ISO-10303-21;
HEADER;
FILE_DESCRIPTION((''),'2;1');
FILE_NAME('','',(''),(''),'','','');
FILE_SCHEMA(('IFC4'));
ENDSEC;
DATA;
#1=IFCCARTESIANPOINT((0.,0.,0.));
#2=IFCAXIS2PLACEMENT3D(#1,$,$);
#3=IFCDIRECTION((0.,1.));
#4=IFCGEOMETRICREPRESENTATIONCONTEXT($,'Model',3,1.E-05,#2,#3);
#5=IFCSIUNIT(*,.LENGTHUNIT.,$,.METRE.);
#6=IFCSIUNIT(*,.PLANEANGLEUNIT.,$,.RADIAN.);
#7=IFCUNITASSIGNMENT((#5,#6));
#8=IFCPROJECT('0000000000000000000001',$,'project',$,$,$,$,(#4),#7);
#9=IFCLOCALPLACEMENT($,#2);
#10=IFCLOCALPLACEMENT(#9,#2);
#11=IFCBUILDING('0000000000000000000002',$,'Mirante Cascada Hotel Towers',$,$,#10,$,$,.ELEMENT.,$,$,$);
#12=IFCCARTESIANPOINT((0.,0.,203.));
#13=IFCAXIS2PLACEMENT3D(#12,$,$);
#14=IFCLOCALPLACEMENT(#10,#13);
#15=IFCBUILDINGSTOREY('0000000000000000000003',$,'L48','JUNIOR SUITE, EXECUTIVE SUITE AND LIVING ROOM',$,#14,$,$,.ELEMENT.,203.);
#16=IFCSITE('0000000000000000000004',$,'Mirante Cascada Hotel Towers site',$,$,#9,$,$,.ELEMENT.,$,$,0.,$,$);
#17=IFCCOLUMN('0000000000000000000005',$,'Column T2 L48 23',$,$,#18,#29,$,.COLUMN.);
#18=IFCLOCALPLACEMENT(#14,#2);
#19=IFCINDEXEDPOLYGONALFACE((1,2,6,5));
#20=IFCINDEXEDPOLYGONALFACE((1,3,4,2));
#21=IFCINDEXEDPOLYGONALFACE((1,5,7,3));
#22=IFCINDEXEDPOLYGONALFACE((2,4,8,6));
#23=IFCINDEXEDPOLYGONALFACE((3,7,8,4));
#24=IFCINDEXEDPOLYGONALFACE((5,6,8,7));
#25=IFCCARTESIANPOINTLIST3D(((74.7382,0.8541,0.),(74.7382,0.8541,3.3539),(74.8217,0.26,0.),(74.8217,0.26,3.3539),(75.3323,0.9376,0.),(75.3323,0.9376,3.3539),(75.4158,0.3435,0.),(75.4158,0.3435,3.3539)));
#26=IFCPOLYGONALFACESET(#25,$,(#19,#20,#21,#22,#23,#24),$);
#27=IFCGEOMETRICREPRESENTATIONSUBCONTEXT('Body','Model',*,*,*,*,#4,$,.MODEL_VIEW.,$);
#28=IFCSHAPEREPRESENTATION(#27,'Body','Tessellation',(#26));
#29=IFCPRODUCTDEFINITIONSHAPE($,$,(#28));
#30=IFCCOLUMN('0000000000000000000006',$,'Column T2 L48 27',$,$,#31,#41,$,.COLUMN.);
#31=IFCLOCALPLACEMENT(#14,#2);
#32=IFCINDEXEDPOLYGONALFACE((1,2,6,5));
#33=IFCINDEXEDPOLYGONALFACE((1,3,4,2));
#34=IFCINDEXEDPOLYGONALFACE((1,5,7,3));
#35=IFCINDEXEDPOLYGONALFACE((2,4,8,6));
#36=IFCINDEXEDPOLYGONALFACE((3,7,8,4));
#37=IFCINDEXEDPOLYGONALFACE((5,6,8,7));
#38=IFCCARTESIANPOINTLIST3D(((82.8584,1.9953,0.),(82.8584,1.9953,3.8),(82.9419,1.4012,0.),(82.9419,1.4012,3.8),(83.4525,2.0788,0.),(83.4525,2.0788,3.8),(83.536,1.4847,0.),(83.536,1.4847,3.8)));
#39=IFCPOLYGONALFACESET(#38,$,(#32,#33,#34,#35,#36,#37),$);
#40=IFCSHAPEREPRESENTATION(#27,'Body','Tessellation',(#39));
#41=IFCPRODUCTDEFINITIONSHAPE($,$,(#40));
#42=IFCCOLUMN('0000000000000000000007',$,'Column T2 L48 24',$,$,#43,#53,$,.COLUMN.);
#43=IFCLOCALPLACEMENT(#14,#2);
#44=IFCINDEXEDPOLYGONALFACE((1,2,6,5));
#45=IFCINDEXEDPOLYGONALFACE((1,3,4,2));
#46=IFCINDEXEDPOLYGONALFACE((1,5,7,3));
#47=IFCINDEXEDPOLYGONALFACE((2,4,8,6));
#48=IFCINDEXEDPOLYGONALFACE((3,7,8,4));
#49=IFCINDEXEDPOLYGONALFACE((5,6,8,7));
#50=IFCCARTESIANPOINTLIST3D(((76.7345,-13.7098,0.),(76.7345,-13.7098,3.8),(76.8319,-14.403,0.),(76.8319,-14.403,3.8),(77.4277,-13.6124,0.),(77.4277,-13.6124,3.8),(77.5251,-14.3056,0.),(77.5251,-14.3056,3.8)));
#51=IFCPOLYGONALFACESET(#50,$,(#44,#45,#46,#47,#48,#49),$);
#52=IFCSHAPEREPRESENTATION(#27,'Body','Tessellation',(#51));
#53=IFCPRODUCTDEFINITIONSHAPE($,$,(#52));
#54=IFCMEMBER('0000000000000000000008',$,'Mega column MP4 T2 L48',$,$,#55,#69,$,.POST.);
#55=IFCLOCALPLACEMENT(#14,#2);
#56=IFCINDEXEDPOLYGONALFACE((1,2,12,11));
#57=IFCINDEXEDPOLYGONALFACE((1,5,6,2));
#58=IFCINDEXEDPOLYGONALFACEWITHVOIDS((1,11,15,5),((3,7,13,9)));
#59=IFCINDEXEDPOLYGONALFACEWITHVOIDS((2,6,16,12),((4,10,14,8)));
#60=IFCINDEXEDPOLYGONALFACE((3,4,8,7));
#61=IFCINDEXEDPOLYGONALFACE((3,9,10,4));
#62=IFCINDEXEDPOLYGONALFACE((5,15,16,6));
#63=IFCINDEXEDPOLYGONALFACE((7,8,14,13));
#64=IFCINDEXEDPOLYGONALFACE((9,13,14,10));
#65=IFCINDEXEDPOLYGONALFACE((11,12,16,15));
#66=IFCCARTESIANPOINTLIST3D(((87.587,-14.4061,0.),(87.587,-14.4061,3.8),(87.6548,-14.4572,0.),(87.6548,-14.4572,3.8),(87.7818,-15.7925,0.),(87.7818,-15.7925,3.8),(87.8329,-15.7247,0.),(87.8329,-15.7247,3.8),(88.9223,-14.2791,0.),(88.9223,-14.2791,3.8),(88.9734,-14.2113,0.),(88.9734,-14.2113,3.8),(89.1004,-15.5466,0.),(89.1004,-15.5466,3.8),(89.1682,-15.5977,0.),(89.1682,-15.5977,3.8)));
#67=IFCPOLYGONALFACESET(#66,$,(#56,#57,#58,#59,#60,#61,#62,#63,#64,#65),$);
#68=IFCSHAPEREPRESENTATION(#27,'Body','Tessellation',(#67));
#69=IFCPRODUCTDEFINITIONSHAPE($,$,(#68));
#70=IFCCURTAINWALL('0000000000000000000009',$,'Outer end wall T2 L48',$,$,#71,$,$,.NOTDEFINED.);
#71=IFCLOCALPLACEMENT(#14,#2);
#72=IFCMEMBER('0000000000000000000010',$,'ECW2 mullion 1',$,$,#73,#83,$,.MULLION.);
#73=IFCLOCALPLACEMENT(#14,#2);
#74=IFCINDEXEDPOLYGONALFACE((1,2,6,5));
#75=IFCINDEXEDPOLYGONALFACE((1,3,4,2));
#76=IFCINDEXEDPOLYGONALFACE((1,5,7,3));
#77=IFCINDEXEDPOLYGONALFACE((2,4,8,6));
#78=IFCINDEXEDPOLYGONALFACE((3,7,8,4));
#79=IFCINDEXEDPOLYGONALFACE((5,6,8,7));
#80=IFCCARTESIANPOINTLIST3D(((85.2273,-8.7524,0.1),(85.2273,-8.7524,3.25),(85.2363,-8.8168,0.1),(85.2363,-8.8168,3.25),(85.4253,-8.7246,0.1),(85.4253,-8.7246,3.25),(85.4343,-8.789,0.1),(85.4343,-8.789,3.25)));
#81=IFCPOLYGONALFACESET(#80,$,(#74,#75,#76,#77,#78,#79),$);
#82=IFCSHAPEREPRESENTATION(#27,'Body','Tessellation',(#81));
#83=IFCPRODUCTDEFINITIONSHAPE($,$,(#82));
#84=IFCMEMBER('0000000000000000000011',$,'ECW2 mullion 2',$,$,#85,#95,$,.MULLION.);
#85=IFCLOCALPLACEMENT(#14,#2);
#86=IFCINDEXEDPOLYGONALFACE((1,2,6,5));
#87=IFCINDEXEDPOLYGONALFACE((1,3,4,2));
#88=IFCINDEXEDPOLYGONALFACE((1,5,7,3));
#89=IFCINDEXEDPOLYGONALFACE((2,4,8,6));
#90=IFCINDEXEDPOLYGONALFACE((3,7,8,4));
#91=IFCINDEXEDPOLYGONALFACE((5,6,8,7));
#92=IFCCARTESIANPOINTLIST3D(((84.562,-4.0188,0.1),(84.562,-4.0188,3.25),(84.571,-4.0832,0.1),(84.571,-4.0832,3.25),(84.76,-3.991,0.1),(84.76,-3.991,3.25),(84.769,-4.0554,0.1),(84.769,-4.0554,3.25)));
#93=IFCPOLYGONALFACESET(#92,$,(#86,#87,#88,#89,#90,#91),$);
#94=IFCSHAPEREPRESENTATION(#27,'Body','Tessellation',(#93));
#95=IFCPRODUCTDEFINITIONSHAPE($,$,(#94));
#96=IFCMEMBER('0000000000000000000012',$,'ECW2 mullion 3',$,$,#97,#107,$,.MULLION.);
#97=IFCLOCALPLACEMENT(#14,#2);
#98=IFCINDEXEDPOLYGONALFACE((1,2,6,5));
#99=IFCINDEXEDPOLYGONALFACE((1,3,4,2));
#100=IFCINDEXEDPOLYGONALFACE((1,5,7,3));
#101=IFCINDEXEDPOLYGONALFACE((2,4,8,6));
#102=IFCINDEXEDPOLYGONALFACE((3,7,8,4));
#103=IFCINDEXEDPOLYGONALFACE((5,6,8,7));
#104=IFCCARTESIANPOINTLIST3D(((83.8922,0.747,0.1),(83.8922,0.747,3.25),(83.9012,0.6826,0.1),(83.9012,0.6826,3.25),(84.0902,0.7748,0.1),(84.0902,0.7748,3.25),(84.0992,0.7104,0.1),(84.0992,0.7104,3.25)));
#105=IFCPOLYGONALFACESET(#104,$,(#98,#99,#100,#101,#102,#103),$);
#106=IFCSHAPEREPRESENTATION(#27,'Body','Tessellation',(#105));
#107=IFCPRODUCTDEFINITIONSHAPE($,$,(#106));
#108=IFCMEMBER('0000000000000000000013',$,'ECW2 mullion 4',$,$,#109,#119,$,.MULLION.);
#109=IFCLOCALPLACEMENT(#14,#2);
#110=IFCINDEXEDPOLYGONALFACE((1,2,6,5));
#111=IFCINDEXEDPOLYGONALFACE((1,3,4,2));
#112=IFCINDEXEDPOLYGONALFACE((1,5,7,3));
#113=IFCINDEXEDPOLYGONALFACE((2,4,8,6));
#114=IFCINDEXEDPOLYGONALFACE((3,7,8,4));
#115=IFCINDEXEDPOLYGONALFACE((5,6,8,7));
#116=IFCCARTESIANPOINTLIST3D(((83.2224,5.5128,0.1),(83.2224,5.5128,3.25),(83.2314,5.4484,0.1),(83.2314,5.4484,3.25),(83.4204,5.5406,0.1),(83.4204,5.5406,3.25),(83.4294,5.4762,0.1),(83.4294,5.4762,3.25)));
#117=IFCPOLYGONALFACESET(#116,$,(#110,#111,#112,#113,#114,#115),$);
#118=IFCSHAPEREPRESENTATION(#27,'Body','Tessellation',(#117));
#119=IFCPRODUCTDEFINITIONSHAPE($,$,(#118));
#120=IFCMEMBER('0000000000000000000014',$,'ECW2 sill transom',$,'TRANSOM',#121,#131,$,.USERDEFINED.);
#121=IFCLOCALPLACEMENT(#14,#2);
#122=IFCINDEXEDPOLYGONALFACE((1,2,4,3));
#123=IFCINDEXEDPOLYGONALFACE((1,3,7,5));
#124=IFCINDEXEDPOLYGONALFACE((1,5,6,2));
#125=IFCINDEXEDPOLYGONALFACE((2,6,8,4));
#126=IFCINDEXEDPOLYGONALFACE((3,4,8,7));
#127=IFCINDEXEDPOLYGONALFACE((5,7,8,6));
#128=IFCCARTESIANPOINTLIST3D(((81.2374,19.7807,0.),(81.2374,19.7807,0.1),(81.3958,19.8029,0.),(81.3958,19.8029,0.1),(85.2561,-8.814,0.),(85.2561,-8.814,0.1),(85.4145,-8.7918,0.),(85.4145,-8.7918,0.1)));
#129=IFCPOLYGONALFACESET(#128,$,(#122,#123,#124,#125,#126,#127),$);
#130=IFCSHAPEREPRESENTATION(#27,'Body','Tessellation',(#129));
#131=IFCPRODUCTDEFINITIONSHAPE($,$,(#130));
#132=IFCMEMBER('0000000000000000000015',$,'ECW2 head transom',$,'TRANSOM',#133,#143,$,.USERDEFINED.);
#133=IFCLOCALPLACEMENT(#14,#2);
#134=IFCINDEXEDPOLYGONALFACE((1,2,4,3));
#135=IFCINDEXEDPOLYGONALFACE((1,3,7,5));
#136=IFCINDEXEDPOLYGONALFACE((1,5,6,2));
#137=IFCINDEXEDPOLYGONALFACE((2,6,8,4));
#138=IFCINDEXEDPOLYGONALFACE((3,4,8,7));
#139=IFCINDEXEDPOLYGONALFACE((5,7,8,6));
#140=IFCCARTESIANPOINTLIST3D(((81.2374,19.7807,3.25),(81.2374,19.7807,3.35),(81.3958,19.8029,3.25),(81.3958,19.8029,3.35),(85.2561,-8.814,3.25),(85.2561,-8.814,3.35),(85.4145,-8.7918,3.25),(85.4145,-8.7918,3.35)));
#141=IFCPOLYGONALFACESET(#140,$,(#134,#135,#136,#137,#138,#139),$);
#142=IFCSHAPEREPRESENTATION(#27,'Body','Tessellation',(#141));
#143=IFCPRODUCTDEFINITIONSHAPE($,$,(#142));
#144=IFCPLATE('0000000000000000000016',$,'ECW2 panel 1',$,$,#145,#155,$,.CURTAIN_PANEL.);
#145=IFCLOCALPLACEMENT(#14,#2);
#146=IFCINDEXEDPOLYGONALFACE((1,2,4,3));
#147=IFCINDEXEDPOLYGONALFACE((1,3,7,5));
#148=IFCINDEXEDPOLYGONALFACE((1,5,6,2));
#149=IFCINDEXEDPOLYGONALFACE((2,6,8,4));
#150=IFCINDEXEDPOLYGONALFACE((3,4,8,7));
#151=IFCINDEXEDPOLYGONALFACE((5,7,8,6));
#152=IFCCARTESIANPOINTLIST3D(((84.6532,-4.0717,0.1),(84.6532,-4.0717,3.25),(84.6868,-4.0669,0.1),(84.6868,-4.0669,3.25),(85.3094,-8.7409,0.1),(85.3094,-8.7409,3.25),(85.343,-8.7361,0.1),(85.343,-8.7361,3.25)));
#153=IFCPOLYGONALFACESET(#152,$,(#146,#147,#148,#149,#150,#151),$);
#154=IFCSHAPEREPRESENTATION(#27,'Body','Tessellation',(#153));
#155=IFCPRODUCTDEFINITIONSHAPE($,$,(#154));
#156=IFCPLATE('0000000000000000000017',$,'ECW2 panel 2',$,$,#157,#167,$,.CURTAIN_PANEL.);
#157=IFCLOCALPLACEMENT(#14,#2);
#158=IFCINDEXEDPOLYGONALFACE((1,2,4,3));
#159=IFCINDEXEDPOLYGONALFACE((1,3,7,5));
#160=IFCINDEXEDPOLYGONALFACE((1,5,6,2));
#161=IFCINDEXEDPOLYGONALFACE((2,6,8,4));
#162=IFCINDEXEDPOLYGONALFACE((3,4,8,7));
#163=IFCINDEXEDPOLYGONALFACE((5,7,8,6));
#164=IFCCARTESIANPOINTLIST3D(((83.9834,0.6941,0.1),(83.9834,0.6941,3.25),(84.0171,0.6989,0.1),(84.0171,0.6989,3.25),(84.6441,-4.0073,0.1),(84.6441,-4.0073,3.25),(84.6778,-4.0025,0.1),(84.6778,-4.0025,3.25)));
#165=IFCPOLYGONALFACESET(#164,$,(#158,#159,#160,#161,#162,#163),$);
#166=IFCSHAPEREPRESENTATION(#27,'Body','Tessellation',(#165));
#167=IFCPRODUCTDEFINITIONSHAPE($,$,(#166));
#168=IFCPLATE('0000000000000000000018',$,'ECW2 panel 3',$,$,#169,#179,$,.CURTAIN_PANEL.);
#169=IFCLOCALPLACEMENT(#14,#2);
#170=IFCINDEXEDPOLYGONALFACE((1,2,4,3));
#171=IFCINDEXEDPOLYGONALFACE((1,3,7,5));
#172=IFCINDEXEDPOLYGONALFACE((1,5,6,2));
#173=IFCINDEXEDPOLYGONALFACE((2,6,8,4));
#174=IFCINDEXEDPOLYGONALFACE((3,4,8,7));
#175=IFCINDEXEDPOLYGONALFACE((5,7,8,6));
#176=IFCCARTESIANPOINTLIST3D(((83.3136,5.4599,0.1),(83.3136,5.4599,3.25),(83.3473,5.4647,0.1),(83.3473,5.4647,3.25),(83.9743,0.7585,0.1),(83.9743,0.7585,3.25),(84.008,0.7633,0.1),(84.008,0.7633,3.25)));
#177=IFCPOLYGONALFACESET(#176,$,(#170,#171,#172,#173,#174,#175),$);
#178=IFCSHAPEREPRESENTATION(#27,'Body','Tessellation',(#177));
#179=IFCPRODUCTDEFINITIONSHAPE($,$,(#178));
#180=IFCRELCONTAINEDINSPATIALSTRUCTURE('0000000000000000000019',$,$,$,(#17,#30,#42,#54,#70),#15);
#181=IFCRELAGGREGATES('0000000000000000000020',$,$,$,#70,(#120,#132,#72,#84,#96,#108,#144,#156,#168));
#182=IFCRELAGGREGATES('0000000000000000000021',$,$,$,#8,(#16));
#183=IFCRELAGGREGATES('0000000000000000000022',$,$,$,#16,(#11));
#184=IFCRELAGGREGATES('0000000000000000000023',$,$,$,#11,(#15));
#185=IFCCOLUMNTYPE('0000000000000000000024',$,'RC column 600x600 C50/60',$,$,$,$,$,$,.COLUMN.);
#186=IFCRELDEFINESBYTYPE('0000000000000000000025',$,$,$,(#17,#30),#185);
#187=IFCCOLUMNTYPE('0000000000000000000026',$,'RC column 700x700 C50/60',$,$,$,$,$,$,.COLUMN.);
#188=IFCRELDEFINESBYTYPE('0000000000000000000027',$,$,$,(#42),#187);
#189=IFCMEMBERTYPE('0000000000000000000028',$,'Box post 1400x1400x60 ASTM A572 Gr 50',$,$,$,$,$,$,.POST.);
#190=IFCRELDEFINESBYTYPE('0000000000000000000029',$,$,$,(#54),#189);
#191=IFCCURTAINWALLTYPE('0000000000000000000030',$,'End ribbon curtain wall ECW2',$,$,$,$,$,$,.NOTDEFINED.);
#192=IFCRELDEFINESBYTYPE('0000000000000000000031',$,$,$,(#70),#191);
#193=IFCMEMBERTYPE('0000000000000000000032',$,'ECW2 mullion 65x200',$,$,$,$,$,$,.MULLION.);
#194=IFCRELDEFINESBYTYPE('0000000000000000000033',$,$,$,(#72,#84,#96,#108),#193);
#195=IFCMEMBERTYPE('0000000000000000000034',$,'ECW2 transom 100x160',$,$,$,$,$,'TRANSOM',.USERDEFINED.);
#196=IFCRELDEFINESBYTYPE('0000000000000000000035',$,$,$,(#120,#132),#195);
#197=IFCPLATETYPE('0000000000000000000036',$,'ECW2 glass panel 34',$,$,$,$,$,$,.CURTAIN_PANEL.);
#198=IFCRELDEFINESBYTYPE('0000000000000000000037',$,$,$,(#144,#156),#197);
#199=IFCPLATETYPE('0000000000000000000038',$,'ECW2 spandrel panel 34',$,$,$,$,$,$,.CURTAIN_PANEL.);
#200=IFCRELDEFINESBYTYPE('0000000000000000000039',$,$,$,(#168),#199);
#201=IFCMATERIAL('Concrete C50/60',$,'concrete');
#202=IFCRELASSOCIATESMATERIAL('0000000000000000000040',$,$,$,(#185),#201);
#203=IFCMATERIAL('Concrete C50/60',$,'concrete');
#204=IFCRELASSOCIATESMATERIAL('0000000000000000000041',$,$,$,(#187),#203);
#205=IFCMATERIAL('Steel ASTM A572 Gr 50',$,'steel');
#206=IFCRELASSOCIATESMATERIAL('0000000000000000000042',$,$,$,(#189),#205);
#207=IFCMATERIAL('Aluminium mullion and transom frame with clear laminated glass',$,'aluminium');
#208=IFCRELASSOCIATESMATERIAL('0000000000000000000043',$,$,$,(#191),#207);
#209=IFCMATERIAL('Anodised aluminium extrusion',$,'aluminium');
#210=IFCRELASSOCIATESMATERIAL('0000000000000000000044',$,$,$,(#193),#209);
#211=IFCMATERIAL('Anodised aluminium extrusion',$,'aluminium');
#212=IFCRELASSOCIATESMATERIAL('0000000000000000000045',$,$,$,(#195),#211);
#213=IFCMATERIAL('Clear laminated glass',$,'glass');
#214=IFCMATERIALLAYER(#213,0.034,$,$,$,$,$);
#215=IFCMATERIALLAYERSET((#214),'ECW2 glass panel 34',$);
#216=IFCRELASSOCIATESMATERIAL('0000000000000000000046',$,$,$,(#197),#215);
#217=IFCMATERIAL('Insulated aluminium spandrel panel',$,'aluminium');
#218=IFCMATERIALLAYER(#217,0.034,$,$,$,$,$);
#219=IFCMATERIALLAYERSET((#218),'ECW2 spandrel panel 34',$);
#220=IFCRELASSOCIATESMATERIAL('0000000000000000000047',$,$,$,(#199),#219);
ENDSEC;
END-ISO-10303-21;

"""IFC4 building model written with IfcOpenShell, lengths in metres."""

from ifc_helpers import new_model, si_unit, direction, frame, origin, origin_2d, place, context, subcontext, project, spatial, rectangle, hollow_rectangle, extrude, material, layer, layer_set, material_profile, profile_set, type_object, element, aggregate, save


model = new_model("IFC4")

# Units and contexts
model_context = context("Model", 3, precision=1e-05, world=origin(), true_north=direction((0.0, 1.0)))
body_context = subcontext(model_context, "Body", "Model", "MODEL_VIEW")
ifc_project = project(units=[si_unit("LENGTHUNIT", "METRE"), si_unit("PLANEANGLEUNIT", "RADIAN")], contexts=[model_context])

# Site, building, storey
site_placement = place(None, origin())
site = spatial("IfcSite", under=ifc_project, at=site_placement, Name="Mirante Cascada Hotel Towers site", CompositionType="ELEMENT", RefElevation=0.0)
building_placement = place(site_placement, origin())
building = spatial("IfcBuilding", under=site, at=building_placement, Name="Mirante Cascada Hotel Towers", CompositionType="ELEMENT")
storey_placement = place(building_placement, frame((0.0, 0.0, 203.0)))
storey = spatial("IfcBuildingStorey", under=building, at=storey_placement, Name="L48", Description="JUNIOR SUITE, EXECUTIVE SUITE AND LIVING ROOM", CompositionType="ELEMENT", Elevation=203.0)

# Columns
ifc_material_1 = material(Name="Concrete C50/60", Category="concrete")
ifc_material_profile_1 = material_profile(ifc_material_1, rectangle(XDim=0.6, YDim=0.6, at=origin_2d()), Name="RC column 600x600 C50/60")
ifc_profile_set_1 = profile_set([ifc_material_profile_1], Name="Concrete C50/60")
column_type_1 = type_object("IfcColumnType", Name="RC column 600x600 C50/60", PredefinedType="COLUMN", material=ifc_profile_set_1)
column_1_placement = place(storey_placement, frame((75.077, 0.5988, 0.0), z_axis=(0.0, 0.0, 1.0), x_axis=(0.990268, 0.139173, 0.0)))
element("IfcColumn", 1, at=column_1_placement, inside=storey, type_object=column_type_1, Name="Column T2 L48 23", PredefinedType="COLUMN", context=body_context, shape_type="SweptSolid", body=[
    extrude(rectangle(XDim=0.6, YDim=0.6, at=origin_2d()), origin(), (0.0, 0.0, 1.0), 3.3539),
])
column_2_placement = place(storey_placement, frame((83.1972, 1.74, 0.0), z_axis=(0.0, 0.0, 1.0), x_axis=(0.990268, 0.139173, 0.0)))
element("IfcColumn", 2, at=column_2_placement, inside=storey, type_object=column_type_1, Name="Column T2 L48 27", PredefinedType="COLUMN", context=body_context, shape_type="SweptSolid", body=[
    extrude(rectangle(XDim=0.6, YDim=0.6, at=origin_2d()), origin(), (0.0, 0.0, 1.0), 3.8),
])
ifc_material_2 = material(Name="Concrete C50/60", Category="concrete")
ifc_material_profile_2 = material_profile(ifc_material_2, rectangle(XDim=0.7, YDim=0.7, at=origin_2d()), Name="RC column 700x700 C50/60")
ifc_profile_set_2 = profile_set([ifc_material_profile_2], Name="Concrete C50/60")
column_type_2 = type_object("IfcColumnType", Name="RC column 700x700 C50/60", PredefinedType="COLUMN", material=ifc_profile_set_2)
column_3_placement = place(storey_placement, frame((77.1298, -14.0077, 0.0), z_axis=(0.0, 0.0, 1.0), x_axis=(0.990268, 0.139173, 0.0)))
element("IfcColumn", 3, at=column_3_placement, inside=storey, type_object=column_type_2, Name="Column T2 L48 24", PredefinedType="COLUMN", context=body_context, shape_type="SweptSolid", body=[
    extrude(rectangle(XDim=0.7, YDim=0.7, at=origin_2d()), origin(), (0.0, 0.0, 1.0), 3.8),
])

# Member
ifc_material_3 = material(Name="Steel ASTM A572 Gr 50", Category="steel")
ifc_material_profile_3 = material_profile(ifc_material_3, hollow_rectangle(XDim=1.4, YDim=1.4, WallThickness=0.06, at=origin_2d()), Name="Box post 1400x1400x60 ASTM A572 Gr 50")
ifc_profile_set_3 = profile_set([ifc_material_profile_3], Name="Steel ASTM A572 Gr 50")
member_type_1 = type_object("IfcMemberType", Name="Box post 1400x1400x60 ASTM A572 Gr 50", PredefinedType="POST", material=ifc_profile_set_3)
member_1_placement = place(storey_placement, frame((88.3776, -15.0019, 0.0), z_axis=(0.0, 0.0, 1.0), x_axis=(0.990268, 0.139173, 0.0)))
element("IfcMember", 4, at=member_1_placement, inside=storey, type_object=member_type_1, Name="Mega column MP4 T2 L48", PredefinedType="POST", context=body_context, shape_type="SweptSolid", body=[
    extrude(hollow_rectangle(XDim=1.4, YDim=1.4, WallThickness=0.06, at=origin_2d()), origin(), (0.0, 0.0, 1.0), 3.8),
])

# Curtain wall, members, plates
ifc_material_4 = material(Name="Aluminium mullion and transom frame with clear laminated glass", Category="aluminium")
curtain_wall_type = type_object("IfcCurtainWallType", Name="End ribbon curtain wall ECW2", PredefinedType="NOTDEFINED", material=ifc_material_4)
curtain_wall_placement = place(storey_placement, origin())
curtain_wall = element("IfcCurtainWall", 5, at=curtain_wall_placement, inside=storey, type_object=curtain_wall_type, Name="Outer end wall T2 L48", PredefinedType="NOTDEFINED")
ifc_material_5 = material(Name="Anodised aluminium extrusion", Category="aluminium")
ifc_material_profile_4 = material_profile(ifc_material_5, rectangle(XDim=0.2, YDim=0.065, at=origin_2d()), Name="ECW2 MULLION 65x200")
ifc_profile_set_4 = profile_set([ifc_material_profile_4], Name="Anodised aluminium extrusion")
member_type_2 = type_object("IfcMemberType", Name="ECW2 mullion 65x200", PredefinedType="MULLION", material=ifc_profile_set_4)
member_2_placement = place(storey_placement, frame((85.3308, -8.7707, 0.1), z_axis=(0.0, 0.0, 1.0), x_axis=(-0.990268, -0.139173, 0.0)))
member_2 = element("IfcMember", 6, at=member_2_placement, type_object=member_type_2, Name="ECW2 mullion 1", PredefinedType="MULLION", context=body_context, shape_type="SweptSolid", body=[
    extrude(rectangle(XDim=0.2, YDim=0.065, at=origin_2d()), origin(), (0.0, 0.0, 1.0), 3.15),
])
member_3_placement = place(storey_placement, frame((84.6655, -4.0371, 0.1), z_axis=(0.0, 0.0, 1.0), x_axis=(-0.990268, -0.139173, 0.0)))
member_3 = element("IfcMember", 7, at=member_3_placement, type_object=member_type_2, Name="ECW2 mullion 2", PredefinedType="MULLION", context=body_context, shape_type="SweptSolid", body=[
    extrude(rectangle(XDim=0.2, YDim=0.065, at=origin_2d()), origin(), (0.0, 0.0, 1.0), 3.15),
])
member_4_placement = place(storey_placement, frame((83.9957, 0.7287, 0.1), z_axis=(0.0, 0.0, 1.0), x_axis=(-0.990268, -0.139173, 0.0)))
member_4 = element("IfcMember", 8, at=member_4_placement, type_object=member_type_2, Name="ECW2 mullion 3", PredefinedType="MULLION", context=body_context, shape_type="SweptSolid", body=[
    extrude(rectangle(XDim=0.2, YDim=0.065, at=origin_2d()), origin(), (0.0, 0.0, 1.0), 3.15),
])
member_5_placement = place(storey_placement, frame((83.3259, 5.4945, 0.1), z_axis=(0.0, 0.0, 1.0), x_axis=(-0.990268, -0.139173, 0.0)))
member_5 = element("IfcMember", 9, at=member_5_placement, type_object=member_type_2, Name="ECW2 mullion 4", PredefinedType="MULLION", context=body_context, shape_type="SweptSolid", body=[
    extrude(rectangle(XDim=0.2, YDim=0.065, at=origin_2d()), origin(), (0.0, 0.0, 1.0), 3.15),
])
ifc_material_6 = material(Name="Anodised aluminium extrusion", Category="aluminium")
ifc_material_profile_5 = material_profile(ifc_material_6, rectangle(XDim=0.16, YDim=0.1, at=origin_2d()), Name="ECW2 TRANSOM 100x160")
ifc_profile_set_5 = profile_set([ifc_material_profile_5], Name="Anodised aluminium extrusion")
member_type_3 = type_object("IfcMemberType", Name="ECW2 transom 100x160", ElementType="TRANSOM", PredefinedType="USERDEFINED", material=ifc_profile_set_5)
member_6_placement = place(storey_placement, frame((85.3353, -8.8029, 0.05), z_axis=(-0.139172, 0.990268, 0.0), x_axis=(-0.990268, -0.139172, 0.0)))
member_6 = element("IfcMember", 10, at=member_6_placement, type_object=member_type_3, Name="ECW2 sill transom", ObjectType="TRANSOM", PredefinedType="USERDEFINED", context=body_context, shape_type="SweptSolid", body=[
    extrude(rectangle(XDim=0.16, YDim=0.1, at=origin_2d()), origin(), (0.0, 0.0, 1.0), 28.8757),
])
member_7_placement = place(storey_placement, frame((85.3353, -8.8029, 3.3), z_axis=(-0.139172, 0.990268, 0.0), x_axis=(-0.990268, -0.139172, 0.0)))
member_7 = element("IfcMember", 11, at=member_7_placement, type_object=member_type_3, Name="ECW2 head transom", ObjectType="TRANSOM", PredefinedType="USERDEFINED", context=body_context, shape_type="SweptSolid", body=[
    extrude(rectangle(XDim=0.16, YDim=0.1, at=origin_2d()), origin(), (0.0, 0.0, 1.0), 28.8757),
])
ifc_material_7 = material(Name="Clear laminated glass", Category="glass")
ifc_layer_1 = layer(ifc_material_7, 0.034)
ifc_layer_set_1 = layer_set([ifc_layer_1], Name="ECW2 glass panel 34")
plate_type_1 = type_object("IfcPlateType", Name="ECW2 glass panel 34", PredefinedType="CURTAIN_PANEL", material=ifc_layer_set_1)
plate_1_placement = place(storey_placement, frame((84.9981, -6.4039, 0.1), z_axis=(0.0, 0.0, 1.0), x_axis=(-0.139173, 0.990268, 0.0)))
plate_1 = element("IfcPlate", 12, at=plate_1_placement, type_object=plate_type_1, Name="ECW2 panel 1", PredefinedType="CURTAIN_PANEL", context=body_context, shape_type="SweptSolid", body=[
    extrude(rectangle(XDim=4.7151, YDim=0.034, at=origin_2d()), origin(), (0.0, 0.0, 1.0), 3.15),
])
plate_2_placement = place(storey_placement, frame((84.3306, -1.6542, 0.1), z_axis=(0.0, 0.0, 1.0), x_axis=(-0.139173, 0.990268, 0.0)))
plate_2 = element("IfcPlate", 13, at=plate_2_placement, type_object=plate_type_1, Name="ECW2 panel 2", PredefinedType="CURTAIN_PANEL", context=body_context, shape_type="SweptSolid", body=[
    extrude(rectangle(XDim=4.7476, YDim=0.034, at=origin_2d()), origin(), (0.0, 0.0, 1.0), 3.15),
])
ifc_material_8 = material(Name="Insulated aluminium spandrel panel", Category="aluminium")
ifc_layer_2 = layer(ifc_material_8, 0.034)
ifc_layer_set_2 = layer_set([ifc_layer_2], Name="ECW2 spandrel panel 34")
plate_type_2 = type_object("IfcPlateType", Name="ECW2 spandrel panel 34", PredefinedType="CURTAIN_PANEL", material=ifc_layer_set_2)
plate_3_placement = place(storey_placement, frame((83.6608, 3.1116, 0.1), z_axis=(0.0, 0.0, 1.0), x_axis=(-0.139173, 0.990268, 0.0)))
plate_3 = element("IfcPlate", 14, at=plate_3_placement, type_object=plate_type_2, Name="ECW2 panel 3", PredefinedType="CURTAIN_PANEL", context=body_context, shape_type="SweptSolid", body=[
    extrude(rectangle(XDim=4.7476, YDim=0.034, at=origin_2d()), origin(), (0.0, 0.0, 1.0), 3.15),
])
aggregate(curtain_wall, [member_6, member_7, member_2, member_3, member_4, member_5, plate_1, plate_2, plate_3])

save(model, "model.ifc")
